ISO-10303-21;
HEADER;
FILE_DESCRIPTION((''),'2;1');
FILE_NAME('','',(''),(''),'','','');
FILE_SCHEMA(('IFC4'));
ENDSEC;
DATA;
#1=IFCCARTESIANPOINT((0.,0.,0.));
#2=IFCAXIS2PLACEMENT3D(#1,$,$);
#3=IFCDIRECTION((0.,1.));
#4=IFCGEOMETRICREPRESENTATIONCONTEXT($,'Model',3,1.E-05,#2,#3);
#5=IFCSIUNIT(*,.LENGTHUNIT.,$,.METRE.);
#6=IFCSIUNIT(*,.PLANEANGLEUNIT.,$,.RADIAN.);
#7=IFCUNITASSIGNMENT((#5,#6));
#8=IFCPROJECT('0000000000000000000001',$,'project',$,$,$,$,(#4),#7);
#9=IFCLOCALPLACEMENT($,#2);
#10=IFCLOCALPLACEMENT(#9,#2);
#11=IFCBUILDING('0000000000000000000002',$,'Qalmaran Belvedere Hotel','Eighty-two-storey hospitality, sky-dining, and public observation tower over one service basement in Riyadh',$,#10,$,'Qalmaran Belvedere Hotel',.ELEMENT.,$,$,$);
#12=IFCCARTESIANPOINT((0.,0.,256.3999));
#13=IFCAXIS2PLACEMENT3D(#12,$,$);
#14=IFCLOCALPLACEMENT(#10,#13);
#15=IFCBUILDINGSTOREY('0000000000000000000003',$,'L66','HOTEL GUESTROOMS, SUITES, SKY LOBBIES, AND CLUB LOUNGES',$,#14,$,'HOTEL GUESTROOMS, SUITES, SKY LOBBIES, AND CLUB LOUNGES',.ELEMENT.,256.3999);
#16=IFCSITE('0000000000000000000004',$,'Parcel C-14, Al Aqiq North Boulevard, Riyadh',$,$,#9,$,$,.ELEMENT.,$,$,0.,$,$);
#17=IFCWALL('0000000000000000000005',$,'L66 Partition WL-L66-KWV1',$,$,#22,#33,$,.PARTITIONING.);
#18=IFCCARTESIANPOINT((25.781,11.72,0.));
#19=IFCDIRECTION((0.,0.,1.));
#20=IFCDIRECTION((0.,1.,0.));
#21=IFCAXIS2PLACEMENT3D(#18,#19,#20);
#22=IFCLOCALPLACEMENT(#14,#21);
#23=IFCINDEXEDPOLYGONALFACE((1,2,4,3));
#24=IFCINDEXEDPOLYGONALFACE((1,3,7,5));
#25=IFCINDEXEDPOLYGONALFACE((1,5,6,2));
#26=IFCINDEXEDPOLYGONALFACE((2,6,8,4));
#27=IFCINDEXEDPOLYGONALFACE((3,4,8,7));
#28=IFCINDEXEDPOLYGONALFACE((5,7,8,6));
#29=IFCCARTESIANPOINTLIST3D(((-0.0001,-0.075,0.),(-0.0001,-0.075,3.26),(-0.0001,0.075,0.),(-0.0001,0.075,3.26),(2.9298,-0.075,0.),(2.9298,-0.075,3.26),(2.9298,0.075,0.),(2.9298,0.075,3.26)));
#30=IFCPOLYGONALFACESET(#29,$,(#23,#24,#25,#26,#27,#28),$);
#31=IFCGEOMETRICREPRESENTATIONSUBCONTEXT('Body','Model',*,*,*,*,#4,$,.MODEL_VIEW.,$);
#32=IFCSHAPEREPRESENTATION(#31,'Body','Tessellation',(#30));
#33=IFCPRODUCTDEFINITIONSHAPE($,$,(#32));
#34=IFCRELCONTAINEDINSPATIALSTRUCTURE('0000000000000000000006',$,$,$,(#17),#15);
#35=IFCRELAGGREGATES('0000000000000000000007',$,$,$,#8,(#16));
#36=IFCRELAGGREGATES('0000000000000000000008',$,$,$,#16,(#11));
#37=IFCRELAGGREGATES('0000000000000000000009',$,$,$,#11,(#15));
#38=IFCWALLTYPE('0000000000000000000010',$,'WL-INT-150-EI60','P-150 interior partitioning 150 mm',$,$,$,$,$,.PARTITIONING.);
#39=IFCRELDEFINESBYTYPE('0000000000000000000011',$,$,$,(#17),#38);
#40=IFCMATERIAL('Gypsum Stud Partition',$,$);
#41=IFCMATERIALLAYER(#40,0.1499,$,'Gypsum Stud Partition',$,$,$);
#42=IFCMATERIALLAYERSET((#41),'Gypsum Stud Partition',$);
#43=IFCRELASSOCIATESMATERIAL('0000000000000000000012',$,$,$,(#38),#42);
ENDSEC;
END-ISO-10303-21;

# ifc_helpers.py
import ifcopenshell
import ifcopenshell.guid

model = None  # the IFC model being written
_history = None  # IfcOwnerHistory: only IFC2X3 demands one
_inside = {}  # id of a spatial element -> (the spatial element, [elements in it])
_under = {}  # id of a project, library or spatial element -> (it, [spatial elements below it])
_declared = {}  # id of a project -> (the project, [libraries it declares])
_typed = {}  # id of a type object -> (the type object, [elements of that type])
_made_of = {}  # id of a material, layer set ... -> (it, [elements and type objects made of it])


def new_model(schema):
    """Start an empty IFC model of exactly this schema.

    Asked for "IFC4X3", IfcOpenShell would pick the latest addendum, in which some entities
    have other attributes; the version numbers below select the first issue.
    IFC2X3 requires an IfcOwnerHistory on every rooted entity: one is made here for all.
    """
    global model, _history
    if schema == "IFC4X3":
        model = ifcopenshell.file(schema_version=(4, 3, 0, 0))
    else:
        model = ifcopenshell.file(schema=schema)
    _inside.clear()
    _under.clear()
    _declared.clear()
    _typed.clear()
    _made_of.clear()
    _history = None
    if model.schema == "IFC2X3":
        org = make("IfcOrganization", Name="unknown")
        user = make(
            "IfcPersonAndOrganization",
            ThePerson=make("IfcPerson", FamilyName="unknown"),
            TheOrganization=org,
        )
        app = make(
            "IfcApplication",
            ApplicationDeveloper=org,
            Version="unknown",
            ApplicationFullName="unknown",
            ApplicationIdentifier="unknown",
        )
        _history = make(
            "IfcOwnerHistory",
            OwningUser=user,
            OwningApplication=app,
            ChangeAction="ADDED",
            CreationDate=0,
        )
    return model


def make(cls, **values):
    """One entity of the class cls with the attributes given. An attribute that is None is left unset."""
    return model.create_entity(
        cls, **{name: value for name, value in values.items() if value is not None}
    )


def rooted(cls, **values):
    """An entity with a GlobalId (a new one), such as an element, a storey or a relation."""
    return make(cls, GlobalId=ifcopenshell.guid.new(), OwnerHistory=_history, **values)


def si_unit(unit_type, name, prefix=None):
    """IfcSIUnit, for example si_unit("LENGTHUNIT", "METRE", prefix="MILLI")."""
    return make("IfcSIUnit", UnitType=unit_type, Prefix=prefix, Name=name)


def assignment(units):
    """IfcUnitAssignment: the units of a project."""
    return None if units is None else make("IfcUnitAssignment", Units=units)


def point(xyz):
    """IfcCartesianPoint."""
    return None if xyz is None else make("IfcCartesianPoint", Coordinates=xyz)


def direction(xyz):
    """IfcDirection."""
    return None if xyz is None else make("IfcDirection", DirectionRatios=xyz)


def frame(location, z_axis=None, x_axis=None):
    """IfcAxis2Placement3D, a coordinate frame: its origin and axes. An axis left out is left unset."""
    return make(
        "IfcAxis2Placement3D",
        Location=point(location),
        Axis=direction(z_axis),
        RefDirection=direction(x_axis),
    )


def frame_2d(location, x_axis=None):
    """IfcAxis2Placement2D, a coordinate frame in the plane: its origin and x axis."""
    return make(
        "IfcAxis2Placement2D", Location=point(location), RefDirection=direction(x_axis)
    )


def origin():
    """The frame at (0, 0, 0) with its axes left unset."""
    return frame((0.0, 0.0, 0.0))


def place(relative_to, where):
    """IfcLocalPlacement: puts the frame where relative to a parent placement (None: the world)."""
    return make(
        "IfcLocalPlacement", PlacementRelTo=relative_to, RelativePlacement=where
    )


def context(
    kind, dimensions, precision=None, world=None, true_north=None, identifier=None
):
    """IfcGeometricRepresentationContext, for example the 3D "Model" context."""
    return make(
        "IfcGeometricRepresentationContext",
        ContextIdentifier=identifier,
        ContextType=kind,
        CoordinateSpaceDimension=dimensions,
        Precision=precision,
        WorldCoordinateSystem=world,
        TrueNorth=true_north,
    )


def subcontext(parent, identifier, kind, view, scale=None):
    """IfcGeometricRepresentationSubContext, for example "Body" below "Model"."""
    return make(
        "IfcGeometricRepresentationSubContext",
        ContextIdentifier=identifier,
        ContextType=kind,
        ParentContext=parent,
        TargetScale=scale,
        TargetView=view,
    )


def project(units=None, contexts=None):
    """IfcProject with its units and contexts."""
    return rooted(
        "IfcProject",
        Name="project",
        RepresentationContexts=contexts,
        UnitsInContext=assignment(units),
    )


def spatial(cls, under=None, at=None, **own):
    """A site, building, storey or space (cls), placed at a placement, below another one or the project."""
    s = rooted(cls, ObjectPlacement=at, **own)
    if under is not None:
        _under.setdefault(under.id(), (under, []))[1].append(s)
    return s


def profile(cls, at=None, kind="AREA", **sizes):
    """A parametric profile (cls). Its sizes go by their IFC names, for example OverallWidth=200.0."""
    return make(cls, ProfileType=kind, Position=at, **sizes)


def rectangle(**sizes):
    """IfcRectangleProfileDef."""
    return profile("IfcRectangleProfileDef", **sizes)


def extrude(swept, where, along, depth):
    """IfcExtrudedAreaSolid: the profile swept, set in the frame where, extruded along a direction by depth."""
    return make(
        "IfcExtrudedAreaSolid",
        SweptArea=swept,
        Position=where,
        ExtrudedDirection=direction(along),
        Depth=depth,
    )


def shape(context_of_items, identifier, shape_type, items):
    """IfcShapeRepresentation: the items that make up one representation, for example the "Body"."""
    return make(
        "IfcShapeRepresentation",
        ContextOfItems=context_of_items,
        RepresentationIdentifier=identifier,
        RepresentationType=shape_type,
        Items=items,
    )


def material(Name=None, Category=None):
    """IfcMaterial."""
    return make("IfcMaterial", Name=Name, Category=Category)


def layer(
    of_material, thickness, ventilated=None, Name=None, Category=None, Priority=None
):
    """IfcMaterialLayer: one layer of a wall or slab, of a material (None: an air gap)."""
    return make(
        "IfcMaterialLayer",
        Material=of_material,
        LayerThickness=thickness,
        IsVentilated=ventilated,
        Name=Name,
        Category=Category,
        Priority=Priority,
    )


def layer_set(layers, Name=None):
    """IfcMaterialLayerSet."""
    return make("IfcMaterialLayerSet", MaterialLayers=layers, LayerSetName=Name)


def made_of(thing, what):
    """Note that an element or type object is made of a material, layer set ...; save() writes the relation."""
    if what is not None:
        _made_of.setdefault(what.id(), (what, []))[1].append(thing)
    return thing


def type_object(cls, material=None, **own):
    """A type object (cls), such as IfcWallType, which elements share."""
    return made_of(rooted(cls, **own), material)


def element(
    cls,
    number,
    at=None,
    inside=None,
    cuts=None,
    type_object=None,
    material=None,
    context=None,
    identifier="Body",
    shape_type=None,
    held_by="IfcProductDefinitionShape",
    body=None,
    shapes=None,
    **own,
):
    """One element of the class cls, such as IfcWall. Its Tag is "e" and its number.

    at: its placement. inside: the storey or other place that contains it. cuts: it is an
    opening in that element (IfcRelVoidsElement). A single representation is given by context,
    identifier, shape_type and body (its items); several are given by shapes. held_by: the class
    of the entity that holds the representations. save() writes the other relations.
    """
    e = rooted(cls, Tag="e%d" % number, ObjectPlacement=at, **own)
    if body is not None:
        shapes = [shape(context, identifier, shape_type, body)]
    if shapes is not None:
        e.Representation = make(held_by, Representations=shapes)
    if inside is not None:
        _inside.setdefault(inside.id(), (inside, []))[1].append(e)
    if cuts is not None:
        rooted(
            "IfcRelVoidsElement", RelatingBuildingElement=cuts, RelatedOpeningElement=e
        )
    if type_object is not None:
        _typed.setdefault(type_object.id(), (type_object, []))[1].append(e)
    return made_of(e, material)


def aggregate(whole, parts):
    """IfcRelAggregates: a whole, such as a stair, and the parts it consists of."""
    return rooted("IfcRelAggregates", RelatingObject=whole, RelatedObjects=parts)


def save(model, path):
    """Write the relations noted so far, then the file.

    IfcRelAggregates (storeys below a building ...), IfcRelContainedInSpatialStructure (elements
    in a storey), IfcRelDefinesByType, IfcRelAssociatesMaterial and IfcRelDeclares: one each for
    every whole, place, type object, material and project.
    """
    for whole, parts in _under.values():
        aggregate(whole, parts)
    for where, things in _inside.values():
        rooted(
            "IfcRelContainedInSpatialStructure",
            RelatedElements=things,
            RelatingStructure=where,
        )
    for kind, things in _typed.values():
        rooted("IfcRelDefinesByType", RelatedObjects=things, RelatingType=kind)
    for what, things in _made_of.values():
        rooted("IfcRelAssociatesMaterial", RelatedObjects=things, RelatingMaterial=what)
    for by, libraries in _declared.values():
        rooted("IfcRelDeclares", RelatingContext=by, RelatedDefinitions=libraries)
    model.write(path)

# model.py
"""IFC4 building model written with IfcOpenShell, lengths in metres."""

from ifc_helpers import new_model, si_unit, direction, frame, frame_2d, origin, place, context, subcontext, project, spatial, rectangle, extrude, material, layer, layer_set, type_object, element, save


model = new_model("IFC4")

# Units and contexts
model_context = context("Model", 3, precision=1e-05, world=origin(), true_north=direction((0.0, 1.0)))
body_context = subcontext(model_context, "Body", "Model", "MODEL_VIEW")
ifc_project = project(units=[si_unit("LENGTHUNIT", "METRE"), si_unit("PLANEANGLEUNIT", "RADIAN")], contexts=[model_context])

# Site, building, storey
site_placement = place(None, origin())
site = spatial("IfcSite", under=ifc_project, at=site_placement, Name="Parcel C-14, Al Aqiq North Boulevard, Riyadh", CompositionType="ELEMENT", RefElevation=0.0)
building_placement = place(site_placement, origin())
building = spatial("IfcBuilding", under=site, at=building_placement, Name="Qalmaran Belvedere Hotel", Description="Eighty-two-storey hospitality, sky-dining, and public observation tower over one service basement in Riyadh", LongName="Qalmaran Belvedere Hotel", CompositionType="ELEMENT")
storey_placement = place(building_placement, frame((0.0, 0.0, 256.3999)))
storey = spatial("IfcBuildingStorey", under=building, at=storey_placement, Name="L66", Description="HOTEL GUESTROOMS, SUITES, SKY LOBBIES, AND CLUB LOUNGES", LongName="HOTEL GUESTROOMS, SUITES, SKY LOBBIES, AND CLUB LOUNGES", CompositionType="ELEMENT", Elevation=256.3999)

# Wall
ifc_material_1 = material(Name="Gypsum Stud Partition")
ifc_layer_1 = layer(ifc_material_1, 0.1499, Name="Gypsum Stud Partition")
ifc_layer_set_1 = layer_set([ifc_layer_1], Name="Gypsum Stud Partition")
wall_type_1 = type_object("IfcWallType", Name="WL-INT-150-EI60", Description="P-150 interior partitioning 150 mm", PredefinedType="PARTITIONING", material=ifc_layer_set_1)
wall_1_placement = place(storey_placement, frame((25.781, 11.72, 0.0), z_axis=(0.0, 0.0, 1.0), x_axis=(0.0, 1.0, 0.0)))
element("IfcWall", 1, at=wall_1_placement, inside=storey, type_object=wall_type_1, Name="L66 Partition WL-L66-KWV1", PredefinedType="PARTITIONING", context=body_context, shape_type="SweptSolid", body=[
    extrude(rectangle(XDim=2.9299, YDim=0.1499, at=frame_2d((1.4648, 0.0))), origin(), (0.0, 0.0, 1.0), 3.26),
])

save(model, "model.ifc")
